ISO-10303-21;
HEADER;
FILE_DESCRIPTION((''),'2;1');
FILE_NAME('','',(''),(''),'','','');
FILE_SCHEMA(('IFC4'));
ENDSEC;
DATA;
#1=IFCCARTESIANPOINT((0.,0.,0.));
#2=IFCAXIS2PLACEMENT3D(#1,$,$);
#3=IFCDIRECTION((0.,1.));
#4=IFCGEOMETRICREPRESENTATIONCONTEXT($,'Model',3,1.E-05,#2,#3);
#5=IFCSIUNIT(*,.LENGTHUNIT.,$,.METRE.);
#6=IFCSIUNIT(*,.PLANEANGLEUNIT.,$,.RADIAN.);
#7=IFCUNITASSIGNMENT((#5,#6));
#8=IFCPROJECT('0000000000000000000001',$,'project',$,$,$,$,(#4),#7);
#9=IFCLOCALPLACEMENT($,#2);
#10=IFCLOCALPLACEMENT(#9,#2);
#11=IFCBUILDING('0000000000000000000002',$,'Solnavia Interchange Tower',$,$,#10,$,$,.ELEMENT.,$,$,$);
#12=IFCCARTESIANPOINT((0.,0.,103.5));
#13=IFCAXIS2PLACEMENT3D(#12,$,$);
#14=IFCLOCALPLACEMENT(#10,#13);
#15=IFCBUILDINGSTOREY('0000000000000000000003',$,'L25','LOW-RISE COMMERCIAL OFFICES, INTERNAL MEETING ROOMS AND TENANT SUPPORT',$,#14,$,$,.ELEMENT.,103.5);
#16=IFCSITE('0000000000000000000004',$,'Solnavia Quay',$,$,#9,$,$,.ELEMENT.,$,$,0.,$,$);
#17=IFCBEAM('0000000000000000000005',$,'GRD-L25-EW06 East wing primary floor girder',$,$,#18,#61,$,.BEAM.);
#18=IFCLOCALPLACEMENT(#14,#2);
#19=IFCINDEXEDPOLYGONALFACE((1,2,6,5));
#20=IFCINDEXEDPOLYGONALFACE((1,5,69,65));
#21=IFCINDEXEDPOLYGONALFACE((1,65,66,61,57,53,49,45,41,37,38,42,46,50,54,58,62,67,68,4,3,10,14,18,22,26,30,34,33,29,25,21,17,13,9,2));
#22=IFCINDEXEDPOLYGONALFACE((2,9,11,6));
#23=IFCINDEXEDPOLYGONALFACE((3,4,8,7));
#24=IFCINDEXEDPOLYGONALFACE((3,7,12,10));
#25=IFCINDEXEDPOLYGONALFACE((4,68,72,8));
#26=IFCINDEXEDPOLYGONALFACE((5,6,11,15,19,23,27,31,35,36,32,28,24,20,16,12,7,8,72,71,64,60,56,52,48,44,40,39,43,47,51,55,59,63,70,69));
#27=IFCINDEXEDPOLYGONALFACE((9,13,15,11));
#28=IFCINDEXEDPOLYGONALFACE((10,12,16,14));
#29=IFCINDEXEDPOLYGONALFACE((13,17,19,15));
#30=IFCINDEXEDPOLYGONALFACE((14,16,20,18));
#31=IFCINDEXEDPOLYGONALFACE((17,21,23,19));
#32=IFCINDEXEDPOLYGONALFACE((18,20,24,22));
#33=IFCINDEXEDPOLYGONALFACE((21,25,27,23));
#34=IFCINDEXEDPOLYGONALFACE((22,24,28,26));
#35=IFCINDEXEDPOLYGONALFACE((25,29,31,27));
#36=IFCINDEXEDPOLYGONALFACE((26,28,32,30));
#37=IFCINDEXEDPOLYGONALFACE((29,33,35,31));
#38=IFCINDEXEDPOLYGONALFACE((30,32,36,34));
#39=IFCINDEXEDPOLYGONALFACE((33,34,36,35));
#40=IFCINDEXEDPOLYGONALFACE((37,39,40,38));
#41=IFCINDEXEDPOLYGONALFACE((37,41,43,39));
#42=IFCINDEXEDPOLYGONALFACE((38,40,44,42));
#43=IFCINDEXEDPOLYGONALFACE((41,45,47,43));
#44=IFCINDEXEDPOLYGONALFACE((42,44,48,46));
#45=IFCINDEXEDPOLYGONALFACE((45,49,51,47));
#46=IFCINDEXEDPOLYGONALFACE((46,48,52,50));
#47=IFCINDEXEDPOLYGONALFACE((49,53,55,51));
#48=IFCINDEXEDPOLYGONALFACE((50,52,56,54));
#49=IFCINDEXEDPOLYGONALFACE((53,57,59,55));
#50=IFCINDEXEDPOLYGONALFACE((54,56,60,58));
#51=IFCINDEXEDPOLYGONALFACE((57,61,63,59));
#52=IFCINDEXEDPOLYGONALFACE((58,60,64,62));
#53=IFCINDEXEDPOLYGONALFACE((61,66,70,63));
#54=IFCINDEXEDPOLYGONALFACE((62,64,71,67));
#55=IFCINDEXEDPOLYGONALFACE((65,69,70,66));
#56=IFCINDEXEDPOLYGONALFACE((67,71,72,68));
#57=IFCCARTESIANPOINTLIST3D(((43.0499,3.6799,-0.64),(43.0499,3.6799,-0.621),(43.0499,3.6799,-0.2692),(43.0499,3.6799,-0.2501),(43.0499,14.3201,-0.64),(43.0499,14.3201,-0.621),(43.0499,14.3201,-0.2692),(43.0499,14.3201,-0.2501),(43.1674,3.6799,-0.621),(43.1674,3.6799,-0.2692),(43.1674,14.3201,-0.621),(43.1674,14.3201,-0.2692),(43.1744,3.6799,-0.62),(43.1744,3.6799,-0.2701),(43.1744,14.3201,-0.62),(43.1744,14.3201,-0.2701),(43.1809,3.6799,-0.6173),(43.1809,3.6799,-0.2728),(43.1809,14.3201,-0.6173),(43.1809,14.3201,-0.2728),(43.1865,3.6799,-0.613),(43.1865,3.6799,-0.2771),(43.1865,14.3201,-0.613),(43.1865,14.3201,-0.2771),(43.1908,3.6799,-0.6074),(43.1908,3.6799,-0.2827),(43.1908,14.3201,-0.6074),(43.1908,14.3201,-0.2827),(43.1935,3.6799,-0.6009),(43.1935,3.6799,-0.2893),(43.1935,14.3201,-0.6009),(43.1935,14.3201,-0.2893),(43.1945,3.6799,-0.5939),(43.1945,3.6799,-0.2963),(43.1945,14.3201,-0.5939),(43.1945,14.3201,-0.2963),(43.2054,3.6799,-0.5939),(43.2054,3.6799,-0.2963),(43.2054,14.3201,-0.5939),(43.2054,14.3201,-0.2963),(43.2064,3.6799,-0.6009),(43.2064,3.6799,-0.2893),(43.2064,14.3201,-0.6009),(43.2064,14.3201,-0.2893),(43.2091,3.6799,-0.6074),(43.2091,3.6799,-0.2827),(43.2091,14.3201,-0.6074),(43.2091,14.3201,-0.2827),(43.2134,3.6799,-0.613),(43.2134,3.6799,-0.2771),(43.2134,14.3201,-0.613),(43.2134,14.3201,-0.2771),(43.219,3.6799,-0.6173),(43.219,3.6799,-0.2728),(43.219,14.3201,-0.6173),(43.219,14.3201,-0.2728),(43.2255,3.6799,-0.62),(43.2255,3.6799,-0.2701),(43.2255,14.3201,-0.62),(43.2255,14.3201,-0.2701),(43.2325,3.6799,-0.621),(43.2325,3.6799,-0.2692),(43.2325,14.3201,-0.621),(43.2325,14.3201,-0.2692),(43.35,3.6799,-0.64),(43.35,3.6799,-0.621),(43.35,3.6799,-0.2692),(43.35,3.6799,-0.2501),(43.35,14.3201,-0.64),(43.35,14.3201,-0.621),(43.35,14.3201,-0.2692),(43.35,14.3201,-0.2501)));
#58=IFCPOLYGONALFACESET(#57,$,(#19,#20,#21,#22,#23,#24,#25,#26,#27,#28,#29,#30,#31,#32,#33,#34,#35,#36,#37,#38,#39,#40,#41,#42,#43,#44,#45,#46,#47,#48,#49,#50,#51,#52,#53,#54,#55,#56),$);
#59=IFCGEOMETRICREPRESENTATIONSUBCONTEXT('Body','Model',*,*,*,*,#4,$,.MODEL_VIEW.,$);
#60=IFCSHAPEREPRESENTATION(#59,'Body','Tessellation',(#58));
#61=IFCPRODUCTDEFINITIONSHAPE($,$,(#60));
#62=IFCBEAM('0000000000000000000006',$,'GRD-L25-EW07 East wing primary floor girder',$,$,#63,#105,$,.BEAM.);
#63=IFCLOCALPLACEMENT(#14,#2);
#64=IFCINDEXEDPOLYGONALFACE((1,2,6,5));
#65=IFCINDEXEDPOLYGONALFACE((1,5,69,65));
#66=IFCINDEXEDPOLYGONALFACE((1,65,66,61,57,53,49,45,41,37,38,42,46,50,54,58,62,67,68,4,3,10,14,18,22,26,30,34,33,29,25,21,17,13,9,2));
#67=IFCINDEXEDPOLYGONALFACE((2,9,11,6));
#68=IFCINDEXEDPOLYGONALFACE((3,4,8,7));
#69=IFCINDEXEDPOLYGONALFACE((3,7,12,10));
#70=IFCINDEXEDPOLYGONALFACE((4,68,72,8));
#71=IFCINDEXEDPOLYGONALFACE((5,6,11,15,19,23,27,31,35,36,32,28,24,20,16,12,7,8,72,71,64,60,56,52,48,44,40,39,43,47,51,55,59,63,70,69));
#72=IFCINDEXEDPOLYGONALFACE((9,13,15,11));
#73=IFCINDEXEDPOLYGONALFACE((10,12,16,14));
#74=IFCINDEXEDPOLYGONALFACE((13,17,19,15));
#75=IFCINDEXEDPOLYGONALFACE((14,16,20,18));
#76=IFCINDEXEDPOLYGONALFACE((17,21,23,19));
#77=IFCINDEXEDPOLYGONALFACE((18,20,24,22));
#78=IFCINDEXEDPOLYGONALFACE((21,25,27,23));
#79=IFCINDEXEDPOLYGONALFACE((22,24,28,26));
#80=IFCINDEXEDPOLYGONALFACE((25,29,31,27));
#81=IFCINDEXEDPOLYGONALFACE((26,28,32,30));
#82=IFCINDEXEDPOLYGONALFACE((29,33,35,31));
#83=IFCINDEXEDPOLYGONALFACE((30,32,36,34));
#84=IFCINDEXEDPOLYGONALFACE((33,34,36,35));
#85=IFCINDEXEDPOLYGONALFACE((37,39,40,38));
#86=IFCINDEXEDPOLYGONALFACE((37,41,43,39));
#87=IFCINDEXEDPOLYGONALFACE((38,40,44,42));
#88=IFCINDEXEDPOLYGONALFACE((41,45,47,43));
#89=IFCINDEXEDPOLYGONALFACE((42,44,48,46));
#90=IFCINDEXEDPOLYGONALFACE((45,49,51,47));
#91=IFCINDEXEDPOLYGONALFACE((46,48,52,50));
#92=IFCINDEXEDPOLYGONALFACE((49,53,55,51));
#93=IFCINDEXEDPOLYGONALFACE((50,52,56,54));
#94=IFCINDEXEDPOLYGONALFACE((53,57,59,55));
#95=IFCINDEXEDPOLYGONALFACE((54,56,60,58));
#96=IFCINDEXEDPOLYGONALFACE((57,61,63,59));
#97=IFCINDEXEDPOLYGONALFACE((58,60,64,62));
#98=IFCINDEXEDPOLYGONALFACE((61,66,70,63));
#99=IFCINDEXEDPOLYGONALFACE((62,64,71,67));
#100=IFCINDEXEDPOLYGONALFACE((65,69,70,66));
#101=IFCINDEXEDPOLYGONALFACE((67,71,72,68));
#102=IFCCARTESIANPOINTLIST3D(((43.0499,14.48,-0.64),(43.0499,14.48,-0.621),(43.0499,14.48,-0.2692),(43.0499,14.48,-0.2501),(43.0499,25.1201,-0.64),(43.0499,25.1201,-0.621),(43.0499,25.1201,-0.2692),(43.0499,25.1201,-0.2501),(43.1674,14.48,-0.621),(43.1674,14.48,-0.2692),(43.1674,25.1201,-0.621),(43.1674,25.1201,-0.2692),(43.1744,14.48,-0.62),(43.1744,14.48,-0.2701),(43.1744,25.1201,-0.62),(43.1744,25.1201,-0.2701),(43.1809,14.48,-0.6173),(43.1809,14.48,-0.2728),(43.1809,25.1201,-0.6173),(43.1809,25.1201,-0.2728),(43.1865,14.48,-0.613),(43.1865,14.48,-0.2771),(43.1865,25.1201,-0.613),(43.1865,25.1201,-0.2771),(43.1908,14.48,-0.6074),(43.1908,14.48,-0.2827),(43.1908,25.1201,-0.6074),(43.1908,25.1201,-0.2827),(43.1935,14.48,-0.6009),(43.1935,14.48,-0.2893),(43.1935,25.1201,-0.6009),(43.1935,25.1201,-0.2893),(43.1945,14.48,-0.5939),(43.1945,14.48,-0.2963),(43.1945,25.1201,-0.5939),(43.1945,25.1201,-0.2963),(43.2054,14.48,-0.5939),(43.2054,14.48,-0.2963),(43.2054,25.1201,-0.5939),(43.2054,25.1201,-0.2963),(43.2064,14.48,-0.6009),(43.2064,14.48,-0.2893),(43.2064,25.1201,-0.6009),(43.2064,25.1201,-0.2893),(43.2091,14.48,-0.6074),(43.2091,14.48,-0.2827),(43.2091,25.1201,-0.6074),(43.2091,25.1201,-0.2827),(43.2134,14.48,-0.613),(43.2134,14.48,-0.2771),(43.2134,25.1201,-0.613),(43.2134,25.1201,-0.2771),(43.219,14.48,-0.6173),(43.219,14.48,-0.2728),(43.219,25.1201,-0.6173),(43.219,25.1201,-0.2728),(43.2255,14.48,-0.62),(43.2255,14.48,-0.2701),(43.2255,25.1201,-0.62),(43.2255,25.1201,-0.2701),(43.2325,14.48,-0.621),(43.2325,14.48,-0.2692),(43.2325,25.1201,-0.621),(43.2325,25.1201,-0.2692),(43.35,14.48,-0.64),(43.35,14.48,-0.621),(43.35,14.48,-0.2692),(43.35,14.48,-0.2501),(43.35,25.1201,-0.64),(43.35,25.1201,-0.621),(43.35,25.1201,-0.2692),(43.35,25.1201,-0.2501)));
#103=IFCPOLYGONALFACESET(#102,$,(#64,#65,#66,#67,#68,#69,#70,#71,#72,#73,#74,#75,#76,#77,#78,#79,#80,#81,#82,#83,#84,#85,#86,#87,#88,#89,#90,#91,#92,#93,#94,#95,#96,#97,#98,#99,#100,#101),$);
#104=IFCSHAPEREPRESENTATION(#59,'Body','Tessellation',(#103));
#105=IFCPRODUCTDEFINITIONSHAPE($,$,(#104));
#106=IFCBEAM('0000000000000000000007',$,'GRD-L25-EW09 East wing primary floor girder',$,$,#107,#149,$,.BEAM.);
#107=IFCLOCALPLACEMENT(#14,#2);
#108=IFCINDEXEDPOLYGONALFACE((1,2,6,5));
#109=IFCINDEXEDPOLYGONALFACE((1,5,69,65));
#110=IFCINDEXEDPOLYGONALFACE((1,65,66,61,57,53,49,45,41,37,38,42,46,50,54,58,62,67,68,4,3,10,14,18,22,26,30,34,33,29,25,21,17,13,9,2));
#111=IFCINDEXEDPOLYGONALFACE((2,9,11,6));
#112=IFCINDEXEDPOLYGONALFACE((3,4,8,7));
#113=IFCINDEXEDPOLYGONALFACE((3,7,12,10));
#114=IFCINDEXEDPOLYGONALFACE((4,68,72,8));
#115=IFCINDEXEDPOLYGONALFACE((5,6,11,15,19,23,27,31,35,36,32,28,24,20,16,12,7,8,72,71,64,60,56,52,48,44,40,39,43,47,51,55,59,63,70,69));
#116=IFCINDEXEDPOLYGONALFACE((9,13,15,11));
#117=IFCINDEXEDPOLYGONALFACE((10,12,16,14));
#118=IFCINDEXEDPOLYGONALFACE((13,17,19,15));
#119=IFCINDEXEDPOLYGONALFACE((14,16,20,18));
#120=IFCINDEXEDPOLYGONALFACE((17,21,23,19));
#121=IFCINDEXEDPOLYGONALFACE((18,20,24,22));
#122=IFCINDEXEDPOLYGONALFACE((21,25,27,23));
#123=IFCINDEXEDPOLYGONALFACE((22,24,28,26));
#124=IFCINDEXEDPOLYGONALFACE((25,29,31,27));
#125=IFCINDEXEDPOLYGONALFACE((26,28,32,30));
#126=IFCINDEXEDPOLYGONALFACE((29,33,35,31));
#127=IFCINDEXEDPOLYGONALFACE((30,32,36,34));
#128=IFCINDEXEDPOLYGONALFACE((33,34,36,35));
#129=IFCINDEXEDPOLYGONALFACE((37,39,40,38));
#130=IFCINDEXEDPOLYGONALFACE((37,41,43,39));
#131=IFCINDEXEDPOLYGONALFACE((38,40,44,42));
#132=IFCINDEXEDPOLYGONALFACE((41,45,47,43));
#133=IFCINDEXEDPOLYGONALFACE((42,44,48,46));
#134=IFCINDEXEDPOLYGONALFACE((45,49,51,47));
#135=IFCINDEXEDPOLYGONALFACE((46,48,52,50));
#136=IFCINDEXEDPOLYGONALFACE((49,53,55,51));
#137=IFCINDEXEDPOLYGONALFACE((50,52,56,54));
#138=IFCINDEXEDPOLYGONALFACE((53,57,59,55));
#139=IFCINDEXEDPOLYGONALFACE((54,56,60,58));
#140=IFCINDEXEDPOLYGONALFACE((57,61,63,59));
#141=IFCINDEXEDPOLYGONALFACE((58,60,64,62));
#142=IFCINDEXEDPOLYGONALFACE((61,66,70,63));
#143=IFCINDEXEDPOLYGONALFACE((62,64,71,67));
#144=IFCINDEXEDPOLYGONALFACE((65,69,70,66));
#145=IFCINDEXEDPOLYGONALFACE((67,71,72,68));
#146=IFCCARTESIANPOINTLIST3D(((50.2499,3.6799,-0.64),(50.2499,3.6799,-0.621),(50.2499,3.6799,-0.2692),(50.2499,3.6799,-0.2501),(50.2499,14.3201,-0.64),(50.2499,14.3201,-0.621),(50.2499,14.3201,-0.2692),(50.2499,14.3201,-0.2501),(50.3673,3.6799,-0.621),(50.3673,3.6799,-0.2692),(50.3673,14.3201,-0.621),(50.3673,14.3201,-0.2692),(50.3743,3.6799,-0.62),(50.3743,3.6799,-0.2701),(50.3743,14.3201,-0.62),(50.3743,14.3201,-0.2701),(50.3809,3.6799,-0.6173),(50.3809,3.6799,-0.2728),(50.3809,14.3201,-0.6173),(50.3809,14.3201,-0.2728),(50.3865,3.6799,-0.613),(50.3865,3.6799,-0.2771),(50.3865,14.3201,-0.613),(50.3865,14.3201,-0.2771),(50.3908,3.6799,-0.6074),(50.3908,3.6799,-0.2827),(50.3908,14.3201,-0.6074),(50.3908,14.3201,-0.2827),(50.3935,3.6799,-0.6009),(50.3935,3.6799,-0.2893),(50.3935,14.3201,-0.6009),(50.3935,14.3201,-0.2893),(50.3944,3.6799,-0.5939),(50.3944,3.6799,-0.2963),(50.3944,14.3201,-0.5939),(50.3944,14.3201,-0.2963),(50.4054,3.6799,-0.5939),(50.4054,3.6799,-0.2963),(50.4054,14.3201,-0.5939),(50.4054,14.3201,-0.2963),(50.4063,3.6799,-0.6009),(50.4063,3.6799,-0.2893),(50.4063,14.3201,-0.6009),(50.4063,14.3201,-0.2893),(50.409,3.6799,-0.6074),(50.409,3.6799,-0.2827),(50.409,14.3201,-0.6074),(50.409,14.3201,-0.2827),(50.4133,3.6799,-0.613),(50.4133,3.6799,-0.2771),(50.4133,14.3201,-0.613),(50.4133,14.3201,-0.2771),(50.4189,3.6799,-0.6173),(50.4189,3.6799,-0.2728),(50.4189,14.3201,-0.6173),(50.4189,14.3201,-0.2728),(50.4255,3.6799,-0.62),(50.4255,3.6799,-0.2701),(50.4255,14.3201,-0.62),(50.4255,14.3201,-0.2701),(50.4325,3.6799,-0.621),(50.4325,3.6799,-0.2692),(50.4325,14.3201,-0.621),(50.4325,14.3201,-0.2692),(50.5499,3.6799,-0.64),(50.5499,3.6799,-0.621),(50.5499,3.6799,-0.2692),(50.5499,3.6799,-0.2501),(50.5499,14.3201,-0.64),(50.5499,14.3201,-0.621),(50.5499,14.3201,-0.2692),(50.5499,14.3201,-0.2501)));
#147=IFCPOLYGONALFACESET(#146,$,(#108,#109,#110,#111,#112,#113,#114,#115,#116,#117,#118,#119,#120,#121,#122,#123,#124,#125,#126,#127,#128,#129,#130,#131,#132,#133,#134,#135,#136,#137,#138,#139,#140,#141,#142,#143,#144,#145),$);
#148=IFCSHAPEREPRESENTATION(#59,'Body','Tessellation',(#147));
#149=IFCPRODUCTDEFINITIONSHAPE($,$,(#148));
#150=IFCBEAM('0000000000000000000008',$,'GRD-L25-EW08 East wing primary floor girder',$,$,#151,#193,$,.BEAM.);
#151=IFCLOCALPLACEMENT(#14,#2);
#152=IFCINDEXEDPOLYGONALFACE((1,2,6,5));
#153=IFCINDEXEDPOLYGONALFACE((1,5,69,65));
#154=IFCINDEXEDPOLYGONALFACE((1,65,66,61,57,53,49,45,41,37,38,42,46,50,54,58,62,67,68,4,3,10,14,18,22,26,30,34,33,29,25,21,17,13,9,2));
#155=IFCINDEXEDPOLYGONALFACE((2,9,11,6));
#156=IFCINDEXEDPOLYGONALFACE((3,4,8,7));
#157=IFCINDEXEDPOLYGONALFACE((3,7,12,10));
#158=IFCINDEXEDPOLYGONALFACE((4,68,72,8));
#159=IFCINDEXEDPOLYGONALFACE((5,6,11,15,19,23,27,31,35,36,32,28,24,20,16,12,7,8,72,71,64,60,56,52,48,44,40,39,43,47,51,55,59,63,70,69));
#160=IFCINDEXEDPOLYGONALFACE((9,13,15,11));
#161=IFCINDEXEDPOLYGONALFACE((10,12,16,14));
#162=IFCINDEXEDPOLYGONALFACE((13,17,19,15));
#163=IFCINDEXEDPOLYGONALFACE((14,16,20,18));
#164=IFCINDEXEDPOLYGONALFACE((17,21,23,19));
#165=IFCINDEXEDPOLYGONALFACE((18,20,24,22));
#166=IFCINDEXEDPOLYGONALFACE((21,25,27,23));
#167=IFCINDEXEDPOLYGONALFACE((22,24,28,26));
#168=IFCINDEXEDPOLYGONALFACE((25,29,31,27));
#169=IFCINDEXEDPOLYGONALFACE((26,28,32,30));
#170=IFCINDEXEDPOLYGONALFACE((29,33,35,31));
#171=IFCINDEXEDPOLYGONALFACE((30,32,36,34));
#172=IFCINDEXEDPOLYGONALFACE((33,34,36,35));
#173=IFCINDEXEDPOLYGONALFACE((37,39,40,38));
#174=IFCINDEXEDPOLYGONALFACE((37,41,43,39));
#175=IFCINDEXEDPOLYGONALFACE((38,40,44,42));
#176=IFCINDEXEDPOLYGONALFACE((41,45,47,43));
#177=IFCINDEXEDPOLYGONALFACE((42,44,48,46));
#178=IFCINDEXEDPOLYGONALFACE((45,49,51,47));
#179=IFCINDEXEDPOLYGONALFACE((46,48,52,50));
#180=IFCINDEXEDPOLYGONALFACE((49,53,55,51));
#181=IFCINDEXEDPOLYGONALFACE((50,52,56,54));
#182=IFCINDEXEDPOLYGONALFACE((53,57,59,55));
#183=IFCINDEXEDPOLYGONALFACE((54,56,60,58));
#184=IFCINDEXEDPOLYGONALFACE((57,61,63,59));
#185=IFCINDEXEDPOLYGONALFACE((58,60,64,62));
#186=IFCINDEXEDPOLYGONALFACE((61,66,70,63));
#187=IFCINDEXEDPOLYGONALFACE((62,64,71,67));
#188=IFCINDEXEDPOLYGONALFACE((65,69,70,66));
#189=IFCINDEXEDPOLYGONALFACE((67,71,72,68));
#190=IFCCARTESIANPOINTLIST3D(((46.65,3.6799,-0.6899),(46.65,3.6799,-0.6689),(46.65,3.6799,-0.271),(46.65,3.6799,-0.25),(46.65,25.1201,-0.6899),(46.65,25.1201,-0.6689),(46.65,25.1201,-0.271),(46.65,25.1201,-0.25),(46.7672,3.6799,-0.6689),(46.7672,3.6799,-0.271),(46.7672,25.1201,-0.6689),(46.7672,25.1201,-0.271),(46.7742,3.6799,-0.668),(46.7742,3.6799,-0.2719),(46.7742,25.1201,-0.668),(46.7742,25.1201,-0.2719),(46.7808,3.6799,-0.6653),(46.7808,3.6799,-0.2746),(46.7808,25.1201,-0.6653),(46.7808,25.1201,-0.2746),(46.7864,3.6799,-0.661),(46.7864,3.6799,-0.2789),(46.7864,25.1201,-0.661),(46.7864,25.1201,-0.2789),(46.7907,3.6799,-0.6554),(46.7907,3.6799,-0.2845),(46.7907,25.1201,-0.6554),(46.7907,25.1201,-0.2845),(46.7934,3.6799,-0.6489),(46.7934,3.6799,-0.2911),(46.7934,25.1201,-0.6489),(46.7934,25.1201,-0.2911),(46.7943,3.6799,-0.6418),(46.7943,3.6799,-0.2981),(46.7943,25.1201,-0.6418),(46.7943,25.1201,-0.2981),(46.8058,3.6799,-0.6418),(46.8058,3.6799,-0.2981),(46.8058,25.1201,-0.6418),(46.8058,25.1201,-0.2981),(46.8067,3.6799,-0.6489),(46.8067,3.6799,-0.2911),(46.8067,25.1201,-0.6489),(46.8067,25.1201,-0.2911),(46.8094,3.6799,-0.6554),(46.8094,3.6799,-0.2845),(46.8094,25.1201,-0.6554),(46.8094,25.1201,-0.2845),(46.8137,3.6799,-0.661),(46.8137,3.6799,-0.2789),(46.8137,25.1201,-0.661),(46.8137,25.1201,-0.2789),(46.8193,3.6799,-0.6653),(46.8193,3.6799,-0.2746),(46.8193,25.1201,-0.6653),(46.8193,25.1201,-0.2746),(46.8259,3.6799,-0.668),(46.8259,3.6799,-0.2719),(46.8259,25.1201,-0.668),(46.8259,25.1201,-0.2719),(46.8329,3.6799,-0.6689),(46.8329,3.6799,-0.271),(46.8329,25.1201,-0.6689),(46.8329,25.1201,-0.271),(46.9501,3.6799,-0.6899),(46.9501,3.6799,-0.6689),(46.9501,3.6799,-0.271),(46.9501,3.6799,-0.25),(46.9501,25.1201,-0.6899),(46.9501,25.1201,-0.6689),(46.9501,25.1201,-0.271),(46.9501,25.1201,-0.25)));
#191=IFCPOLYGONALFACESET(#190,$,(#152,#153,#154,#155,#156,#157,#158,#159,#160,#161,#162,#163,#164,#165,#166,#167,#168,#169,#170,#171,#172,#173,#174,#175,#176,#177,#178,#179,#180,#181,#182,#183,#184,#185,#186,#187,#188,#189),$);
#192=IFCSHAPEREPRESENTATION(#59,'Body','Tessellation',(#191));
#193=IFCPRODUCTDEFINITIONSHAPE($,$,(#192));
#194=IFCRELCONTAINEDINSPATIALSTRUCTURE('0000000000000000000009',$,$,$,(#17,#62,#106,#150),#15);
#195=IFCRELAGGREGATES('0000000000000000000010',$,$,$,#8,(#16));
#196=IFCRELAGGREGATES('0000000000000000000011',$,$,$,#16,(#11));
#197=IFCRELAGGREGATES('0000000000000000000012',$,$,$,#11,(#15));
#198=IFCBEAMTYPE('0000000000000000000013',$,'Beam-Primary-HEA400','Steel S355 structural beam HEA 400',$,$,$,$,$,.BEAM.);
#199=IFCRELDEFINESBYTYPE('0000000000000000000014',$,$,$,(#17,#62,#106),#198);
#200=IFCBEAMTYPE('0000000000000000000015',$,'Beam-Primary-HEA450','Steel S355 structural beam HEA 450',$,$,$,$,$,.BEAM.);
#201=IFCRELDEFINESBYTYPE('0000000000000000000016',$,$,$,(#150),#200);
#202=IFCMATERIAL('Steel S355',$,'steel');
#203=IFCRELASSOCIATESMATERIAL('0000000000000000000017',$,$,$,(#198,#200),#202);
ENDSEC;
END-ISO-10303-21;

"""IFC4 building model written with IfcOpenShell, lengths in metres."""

from ifc_helpers import new_model, si_unit, direction, frame, origin, origin_2d, place, context, subcontext, project, spatial, i_section, extrude, material, material_profile, profile_set, type_object, element, save


model = new_model("IFC4")

# Units and contexts
model_context = context("Model", 3, precision=1e-05, world=origin(), true_north=direction((0.0, 1.0)))
body_context = subcontext(model_context, "Body", "Model", "MODEL_VIEW")
ifc_project = project(units=[si_unit("LENGTHUNIT", "METRE"), si_unit("PLANEANGLEUNIT", "RADIAN")], contexts=[model_context])

# Site, building, storey
site_placement = place(None, origin())
site = spatial("IfcSite", under=ifc_project, at=site_placement, Name="Solnavia Quay", CompositionType="ELEMENT", RefElevation=0.0)
building_placement = place(site_placement, origin())
building = spatial("IfcBuilding", under=site, at=building_placement, Name="Solnavia Interchange Tower", CompositionType="ELEMENT")
storey_placement = place(building_placement, frame((0.0, 0.0, 103.5)))
storey = spatial("IfcBuildingStorey", under=building, at=storey_placement, Name="L25", Description="LOW-RISE COMMERCIAL OFFICES, INTERNAL MEETING ROOMS AND TENANT SUPPORT", CompositionType="ELEMENT", Elevation=103.5)

# Shared definitions
ifc_material_1 = material(Name="Steel S355", Category="steel")

# Beams
ifc_material_profile_1 = material_profile(ifc_material_1, i_section(OverallWidth=0.3, OverallDepth=0.3899, WebThickness=0.011, FlangeThickness=0.019, FilletRadius=0.0271, at=origin_2d()), Name="HEA 400")
ifc_profile_set_1 = profile_set([ifc_material_profile_1], Name="Steel S355")
beam_type_1 = type_object("IfcBeamType", Name="Beam-Primary-HEA400", Description="Steel S355 structural beam HEA 400", PredefinedType="BEAM", material=ifc_profile_set_1)
for number, where, z_axis, x_axis, name in (
    (1, (43.2, 3.6799, -0.4451), (0.0, 1.0, 0.0), (-1.0, 0.0, 0.0), "GRD-L25-EW06 East wing primary floor girder"),
    (2, (43.2, 14.48, -0.4451), (0.0, 1.0, 0.0), (-1.0, 0.0, 0.0), "GRD-L25-EW07 East wing primary floor girder"),
    (3, (50.3999, 3.6799, -0.4451), (0.0, 1.0, 0.0), (-1.0, 0.0, 0.0), "GRD-L25-EW09 East wing primary floor girder"),
):
    element("IfcBeam", number, at=place(storey_placement, frame(where, z_axis=z_axis, x_axis=x_axis)), inside=storey, type_object=beam_type_1, Name=name, PredefinedType="BEAM", context=body_context, shape_type="SweptSolid", body=[
        extrude(i_section(OverallWidth=0.3, OverallDepth=0.3899, WebThickness=0.011, FlangeThickness=0.019, FilletRadius=0.0271, at=origin_2d()), origin(), (0.0, 0.0, 1.0), 10.6401),
    ])
ifc_material_profile_2 = material_profile(ifc_material_1, i_section(OverallWidth=0.3, OverallDepth=0.4399, WebThickness=0.0115, FlangeThickness=0.021, FilletRadius=0.0271, at=origin_2d()), Name="HEA 450")
ifc_profile_set_2 = profile_set([ifc_material_profile_2], Name="Steel S355")
beam_type_2 = type_object("IfcBeamType", Name="Beam-Primary-HEA450", Description="Steel S355 structural beam HEA 450", PredefinedType="BEAM", material=ifc_profile_set_2)
beam_1_placement = place(storey_placement, frame((46.8, 3.6799, -0.47), z_axis=(0.0, 1.0, 0.0), x_axis=(-1.0, 0.0, 0.0)))
element("IfcBeam", 4, at=beam_1_placement, inside=storey, type_object=beam_type_2, Name="GRD-L25-EW08 East wing primary floor girder", PredefinedType="BEAM", context=body_context, shape_type="SweptSolid", body=[
    extrude(i_section(OverallWidth=0.3, OverallDepth=0.4399, WebThickness=0.0115, FlangeThickness=0.021, FilletRadius=0.0271, at=origin_2d()), origin(), (0.0, 0.0, 1.0), 21.4402),
])

save(model, "model.ifc")
